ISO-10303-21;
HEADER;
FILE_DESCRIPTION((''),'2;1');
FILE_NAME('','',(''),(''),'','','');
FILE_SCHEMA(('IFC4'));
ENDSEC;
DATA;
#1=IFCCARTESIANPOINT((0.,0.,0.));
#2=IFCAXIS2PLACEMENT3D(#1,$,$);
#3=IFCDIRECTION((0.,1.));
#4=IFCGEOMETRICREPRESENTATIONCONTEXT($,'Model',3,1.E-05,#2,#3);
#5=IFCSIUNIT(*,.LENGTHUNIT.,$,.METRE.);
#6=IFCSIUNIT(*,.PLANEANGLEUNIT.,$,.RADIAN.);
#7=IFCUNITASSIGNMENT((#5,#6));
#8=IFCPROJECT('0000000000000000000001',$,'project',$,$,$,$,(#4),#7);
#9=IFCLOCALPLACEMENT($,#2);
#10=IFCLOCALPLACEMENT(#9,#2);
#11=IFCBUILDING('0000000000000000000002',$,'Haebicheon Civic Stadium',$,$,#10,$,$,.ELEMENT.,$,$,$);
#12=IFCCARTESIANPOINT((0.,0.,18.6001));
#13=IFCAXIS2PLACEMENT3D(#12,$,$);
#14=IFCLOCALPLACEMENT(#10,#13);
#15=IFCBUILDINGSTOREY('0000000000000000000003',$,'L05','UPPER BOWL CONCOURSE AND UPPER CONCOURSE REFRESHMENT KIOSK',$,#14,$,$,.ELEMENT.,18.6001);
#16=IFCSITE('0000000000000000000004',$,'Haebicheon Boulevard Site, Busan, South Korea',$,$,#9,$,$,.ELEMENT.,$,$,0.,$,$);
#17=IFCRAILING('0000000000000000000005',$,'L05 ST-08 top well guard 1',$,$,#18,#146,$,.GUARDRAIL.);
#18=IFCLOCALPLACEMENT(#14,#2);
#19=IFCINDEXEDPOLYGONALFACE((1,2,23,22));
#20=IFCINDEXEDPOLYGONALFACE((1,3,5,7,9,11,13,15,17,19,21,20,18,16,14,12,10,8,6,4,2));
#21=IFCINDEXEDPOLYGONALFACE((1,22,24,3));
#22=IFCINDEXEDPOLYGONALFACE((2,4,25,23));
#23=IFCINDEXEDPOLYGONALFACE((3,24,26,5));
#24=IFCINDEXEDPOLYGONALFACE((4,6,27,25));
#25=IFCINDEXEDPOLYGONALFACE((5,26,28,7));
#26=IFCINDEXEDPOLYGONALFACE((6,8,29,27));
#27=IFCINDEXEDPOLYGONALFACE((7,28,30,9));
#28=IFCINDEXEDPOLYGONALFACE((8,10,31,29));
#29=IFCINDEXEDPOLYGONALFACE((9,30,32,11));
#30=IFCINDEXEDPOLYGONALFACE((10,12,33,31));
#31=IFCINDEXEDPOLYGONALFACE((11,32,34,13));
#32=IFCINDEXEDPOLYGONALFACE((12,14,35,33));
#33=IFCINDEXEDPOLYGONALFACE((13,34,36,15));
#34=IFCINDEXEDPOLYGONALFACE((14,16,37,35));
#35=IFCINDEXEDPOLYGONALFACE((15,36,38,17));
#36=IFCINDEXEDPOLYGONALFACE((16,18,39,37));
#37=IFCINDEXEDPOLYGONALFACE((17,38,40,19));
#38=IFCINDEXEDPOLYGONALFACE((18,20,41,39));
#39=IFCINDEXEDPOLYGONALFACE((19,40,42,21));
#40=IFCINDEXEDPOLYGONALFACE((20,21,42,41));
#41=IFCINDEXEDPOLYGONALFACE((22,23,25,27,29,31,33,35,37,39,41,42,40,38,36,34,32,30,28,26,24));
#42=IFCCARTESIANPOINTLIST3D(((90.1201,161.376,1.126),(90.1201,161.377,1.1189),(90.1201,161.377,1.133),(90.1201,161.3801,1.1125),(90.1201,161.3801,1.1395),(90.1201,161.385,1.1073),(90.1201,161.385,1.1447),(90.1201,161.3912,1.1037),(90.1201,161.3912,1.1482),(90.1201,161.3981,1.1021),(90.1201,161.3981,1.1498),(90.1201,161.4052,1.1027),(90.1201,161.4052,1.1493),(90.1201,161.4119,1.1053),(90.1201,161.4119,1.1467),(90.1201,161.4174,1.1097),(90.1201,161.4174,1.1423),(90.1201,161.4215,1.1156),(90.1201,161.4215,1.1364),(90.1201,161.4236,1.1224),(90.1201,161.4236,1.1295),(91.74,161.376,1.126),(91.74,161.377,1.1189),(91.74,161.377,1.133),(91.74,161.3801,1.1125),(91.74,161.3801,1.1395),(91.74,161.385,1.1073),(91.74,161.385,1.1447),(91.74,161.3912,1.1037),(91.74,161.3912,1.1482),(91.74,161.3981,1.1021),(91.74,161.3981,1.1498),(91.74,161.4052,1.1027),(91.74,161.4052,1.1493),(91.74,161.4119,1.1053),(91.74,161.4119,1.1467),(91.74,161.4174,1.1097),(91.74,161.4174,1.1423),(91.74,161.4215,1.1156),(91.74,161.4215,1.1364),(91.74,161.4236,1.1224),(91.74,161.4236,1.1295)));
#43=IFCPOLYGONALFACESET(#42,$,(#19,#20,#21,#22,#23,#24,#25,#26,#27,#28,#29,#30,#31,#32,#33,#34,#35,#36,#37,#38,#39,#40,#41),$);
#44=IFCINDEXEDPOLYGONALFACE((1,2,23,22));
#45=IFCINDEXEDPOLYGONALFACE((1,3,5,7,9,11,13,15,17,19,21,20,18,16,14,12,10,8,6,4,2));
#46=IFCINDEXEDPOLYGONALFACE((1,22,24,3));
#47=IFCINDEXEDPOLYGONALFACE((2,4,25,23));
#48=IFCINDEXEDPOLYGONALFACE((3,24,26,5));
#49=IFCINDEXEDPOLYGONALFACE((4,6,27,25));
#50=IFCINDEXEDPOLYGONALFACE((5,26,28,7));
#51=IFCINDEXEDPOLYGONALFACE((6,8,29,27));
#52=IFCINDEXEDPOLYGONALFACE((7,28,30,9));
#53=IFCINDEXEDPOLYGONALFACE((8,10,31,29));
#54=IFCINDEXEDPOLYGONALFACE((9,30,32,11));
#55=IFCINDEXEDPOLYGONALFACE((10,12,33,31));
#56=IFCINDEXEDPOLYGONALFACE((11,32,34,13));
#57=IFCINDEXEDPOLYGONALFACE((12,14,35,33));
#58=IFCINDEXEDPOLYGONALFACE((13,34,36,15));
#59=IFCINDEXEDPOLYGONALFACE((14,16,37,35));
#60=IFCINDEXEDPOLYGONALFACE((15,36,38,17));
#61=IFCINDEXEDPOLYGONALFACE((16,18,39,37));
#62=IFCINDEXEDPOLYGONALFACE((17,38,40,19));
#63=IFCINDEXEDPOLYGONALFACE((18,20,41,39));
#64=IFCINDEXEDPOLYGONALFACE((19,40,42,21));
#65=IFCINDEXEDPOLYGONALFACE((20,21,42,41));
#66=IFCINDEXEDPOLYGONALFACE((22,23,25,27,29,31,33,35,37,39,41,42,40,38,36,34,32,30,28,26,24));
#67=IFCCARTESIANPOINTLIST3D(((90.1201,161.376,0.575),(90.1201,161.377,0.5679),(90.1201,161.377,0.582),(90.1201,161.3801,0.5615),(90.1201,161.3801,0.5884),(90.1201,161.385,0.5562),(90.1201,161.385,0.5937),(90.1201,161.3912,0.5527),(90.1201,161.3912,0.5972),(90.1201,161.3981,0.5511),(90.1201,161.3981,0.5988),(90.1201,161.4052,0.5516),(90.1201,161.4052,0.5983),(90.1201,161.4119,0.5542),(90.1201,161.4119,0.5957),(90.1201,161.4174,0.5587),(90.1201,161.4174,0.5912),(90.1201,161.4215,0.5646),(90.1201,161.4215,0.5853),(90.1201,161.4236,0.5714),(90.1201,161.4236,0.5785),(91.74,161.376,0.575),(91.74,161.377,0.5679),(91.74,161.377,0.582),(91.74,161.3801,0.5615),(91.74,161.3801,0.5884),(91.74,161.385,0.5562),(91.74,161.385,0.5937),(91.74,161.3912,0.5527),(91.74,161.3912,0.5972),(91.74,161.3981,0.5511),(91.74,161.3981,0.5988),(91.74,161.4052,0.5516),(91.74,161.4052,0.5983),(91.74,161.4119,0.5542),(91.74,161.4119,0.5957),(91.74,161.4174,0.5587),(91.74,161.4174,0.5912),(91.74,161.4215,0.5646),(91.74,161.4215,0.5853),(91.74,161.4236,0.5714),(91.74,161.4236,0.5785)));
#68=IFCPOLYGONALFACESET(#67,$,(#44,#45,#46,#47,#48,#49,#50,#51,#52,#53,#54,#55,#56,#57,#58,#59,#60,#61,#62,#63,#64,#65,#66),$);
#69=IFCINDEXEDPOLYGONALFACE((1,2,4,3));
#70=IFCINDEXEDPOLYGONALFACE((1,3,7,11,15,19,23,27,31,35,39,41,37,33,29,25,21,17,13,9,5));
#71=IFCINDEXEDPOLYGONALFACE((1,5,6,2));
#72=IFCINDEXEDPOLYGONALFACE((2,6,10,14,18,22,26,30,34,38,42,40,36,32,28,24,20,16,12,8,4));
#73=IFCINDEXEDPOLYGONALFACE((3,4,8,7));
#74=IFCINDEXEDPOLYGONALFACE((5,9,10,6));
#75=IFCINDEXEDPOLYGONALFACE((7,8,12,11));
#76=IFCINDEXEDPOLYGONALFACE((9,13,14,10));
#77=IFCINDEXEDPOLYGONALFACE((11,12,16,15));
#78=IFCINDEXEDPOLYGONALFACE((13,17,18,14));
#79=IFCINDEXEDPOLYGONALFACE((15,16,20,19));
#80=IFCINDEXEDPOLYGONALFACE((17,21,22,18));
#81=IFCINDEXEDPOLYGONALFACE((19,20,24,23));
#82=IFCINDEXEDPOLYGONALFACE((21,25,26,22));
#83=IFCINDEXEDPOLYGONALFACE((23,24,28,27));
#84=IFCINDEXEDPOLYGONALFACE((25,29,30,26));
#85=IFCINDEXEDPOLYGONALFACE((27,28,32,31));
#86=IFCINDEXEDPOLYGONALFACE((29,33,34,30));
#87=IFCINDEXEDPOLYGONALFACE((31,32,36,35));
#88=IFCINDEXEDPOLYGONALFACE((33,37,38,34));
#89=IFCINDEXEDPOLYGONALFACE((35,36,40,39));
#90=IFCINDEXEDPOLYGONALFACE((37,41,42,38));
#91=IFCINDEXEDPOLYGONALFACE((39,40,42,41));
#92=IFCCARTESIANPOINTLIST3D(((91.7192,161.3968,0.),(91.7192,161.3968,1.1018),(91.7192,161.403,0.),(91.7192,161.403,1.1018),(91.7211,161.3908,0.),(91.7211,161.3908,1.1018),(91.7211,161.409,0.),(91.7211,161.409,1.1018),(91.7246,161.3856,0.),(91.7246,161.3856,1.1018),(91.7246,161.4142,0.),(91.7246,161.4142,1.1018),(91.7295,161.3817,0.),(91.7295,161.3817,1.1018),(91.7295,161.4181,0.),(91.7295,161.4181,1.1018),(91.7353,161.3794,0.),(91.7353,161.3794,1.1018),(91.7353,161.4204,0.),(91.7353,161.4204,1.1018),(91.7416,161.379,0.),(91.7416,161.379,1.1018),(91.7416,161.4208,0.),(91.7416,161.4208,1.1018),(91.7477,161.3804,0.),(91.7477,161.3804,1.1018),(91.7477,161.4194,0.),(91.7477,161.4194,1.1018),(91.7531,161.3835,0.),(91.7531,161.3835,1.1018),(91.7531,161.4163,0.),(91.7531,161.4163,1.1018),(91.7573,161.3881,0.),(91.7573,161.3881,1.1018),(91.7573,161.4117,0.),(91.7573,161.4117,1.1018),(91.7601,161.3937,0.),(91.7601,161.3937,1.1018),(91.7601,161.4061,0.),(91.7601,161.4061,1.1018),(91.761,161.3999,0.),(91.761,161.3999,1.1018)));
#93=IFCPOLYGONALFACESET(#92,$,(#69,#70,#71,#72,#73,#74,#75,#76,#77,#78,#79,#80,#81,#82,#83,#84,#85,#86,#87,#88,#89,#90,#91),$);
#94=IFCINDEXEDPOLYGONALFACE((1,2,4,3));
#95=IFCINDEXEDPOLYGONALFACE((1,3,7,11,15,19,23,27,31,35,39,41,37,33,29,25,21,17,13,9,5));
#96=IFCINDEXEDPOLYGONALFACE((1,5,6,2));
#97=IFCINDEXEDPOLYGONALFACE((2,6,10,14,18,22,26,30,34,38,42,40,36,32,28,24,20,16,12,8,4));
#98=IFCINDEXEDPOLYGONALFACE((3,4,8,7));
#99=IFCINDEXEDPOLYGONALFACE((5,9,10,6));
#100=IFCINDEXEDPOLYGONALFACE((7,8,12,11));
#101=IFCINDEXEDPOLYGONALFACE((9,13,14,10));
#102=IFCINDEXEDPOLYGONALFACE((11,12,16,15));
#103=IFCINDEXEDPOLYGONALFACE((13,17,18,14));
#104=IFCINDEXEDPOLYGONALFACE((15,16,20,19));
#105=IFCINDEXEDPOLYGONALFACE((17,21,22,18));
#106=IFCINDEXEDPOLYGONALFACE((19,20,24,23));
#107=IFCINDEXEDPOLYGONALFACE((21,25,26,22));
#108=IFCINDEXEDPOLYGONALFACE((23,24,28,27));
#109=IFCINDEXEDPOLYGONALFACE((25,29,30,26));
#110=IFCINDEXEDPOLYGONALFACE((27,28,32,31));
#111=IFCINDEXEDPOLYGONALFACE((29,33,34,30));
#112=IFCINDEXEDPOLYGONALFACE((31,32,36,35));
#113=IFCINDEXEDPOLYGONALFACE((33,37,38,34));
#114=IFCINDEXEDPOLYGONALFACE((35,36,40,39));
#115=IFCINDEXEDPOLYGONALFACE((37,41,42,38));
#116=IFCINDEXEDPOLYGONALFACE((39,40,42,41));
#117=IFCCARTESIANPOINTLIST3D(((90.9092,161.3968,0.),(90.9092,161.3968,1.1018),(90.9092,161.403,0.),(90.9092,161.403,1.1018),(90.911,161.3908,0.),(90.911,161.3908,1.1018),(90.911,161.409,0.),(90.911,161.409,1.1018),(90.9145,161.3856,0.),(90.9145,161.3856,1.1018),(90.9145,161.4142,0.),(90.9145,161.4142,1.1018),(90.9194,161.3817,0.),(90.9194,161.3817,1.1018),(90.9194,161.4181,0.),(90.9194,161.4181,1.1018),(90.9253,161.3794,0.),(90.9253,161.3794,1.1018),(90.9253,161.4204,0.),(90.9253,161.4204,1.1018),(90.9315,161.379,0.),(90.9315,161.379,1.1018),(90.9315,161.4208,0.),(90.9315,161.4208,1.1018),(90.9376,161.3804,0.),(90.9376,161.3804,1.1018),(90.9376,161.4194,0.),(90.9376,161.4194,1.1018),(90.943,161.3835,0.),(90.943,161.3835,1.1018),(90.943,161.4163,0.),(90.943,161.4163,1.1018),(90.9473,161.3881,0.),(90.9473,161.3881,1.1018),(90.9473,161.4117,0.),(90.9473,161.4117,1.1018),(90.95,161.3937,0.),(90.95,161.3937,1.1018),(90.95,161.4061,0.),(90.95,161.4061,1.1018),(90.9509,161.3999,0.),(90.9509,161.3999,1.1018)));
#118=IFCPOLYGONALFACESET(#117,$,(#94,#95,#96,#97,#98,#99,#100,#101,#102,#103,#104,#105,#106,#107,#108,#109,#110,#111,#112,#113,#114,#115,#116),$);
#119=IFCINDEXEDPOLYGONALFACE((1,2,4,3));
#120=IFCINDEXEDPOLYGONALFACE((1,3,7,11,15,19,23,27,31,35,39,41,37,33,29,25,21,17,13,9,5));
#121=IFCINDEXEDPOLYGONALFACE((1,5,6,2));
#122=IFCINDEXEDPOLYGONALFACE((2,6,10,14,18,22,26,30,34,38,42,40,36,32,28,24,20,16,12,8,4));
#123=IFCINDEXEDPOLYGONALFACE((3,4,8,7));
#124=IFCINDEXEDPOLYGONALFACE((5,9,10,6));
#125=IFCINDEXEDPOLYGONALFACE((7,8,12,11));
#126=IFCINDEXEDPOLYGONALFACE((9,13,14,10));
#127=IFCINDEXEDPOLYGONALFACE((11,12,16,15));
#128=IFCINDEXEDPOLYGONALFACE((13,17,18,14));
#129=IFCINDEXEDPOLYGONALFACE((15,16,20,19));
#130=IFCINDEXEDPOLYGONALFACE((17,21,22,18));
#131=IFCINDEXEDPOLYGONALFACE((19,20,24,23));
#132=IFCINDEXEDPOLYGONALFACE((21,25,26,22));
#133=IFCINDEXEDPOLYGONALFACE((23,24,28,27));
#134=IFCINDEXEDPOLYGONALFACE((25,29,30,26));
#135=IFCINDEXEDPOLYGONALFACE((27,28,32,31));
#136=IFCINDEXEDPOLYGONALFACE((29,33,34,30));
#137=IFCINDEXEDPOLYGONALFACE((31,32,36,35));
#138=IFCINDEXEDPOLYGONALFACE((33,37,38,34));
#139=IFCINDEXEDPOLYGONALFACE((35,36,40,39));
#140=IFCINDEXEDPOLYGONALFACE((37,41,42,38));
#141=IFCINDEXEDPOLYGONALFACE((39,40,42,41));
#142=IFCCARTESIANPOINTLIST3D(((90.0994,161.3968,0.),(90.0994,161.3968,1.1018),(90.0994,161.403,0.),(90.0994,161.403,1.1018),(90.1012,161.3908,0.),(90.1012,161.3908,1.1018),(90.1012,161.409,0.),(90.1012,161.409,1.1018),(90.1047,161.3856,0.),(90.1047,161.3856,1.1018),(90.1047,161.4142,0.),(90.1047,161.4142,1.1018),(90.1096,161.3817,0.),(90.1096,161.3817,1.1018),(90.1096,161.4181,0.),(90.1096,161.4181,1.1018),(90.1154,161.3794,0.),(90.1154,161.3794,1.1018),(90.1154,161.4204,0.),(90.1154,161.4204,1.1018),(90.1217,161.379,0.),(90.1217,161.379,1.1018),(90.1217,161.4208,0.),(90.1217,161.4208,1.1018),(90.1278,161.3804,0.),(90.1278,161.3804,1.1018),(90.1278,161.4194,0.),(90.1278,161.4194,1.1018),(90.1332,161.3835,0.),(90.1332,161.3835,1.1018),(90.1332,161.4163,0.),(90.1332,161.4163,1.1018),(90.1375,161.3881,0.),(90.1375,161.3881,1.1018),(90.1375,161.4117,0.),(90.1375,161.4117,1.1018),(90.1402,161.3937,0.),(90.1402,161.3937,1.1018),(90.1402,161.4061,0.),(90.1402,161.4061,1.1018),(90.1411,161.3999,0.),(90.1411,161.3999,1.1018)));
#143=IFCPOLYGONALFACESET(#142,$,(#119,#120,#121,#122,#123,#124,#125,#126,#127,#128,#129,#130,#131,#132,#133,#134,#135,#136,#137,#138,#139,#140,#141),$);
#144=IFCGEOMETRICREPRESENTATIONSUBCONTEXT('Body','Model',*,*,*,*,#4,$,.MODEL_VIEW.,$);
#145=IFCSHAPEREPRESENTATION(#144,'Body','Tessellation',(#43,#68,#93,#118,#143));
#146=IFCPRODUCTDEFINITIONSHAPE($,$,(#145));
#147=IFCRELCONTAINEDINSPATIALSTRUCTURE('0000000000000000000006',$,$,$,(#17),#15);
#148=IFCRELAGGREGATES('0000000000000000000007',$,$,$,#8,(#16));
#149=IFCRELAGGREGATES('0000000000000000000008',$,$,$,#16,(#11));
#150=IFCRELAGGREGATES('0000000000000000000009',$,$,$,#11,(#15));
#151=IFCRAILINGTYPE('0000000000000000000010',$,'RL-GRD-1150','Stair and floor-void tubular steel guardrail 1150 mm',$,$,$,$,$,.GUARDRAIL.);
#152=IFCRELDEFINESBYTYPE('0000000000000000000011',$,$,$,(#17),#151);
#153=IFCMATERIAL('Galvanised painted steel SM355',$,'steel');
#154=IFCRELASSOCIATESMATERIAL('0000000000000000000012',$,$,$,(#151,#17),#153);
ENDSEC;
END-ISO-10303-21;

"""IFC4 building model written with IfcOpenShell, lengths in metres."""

from ifc_helpers import new_model, si_unit, direction, frame, origin, origin_2d, place, context, subcontext, project, spatial, circle, extrude, material, type_object, element, save


model = new_model("IFC4")

# Units and contexts
model_context = context("Model", 3, precision=1e-05, world=origin(), true_north=direction((0.0, 1.0)))
body_context = subcontext(model_context, "Body", "Model", "MODEL_VIEW")
ifc_project = project(units=[si_unit("LENGTHUNIT", "METRE"), si_unit("PLANEANGLEUNIT", "RADIAN")], contexts=[model_context])

# Site, building, storey
site_placement = place(None, origin())
site = spatial("IfcSite", under=ifc_project, at=site_placement, Name="Haebicheon Boulevard Site, Busan, South Korea", CompositionType="ELEMENT", RefElevation=0.0)
building_placement = place(site_placement, origin())
building = spatial("IfcBuilding", under=site, at=building_placement, Name="Haebicheon Civic Stadium", CompositionType="ELEMENT")
storey_placement = place(building_placement, frame((0.0, 0.0, 18.6001)))
storey = spatial("IfcBuildingStorey", under=building, at=storey_placement, Name="L05", Description="UPPER BOWL CONCOURSE AND UPPER CONCOURSE REFRESHMENT KIOSK", CompositionType="ELEMENT", Elevation=18.6001)

# Railing
ifc_material_1 = material(Name="Galvanised painted steel SM355", Category="steel")
railing_type = type_object("IfcRailingType", Name="RL-GRD-1150", Description="Stair and floor-void tubular steel guardrail 1150 mm", PredefinedType="GUARDRAIL", material=ifc_material_1)
railing_1_placement = place(storey_placement, frame((91.74, 161.3999, 0.0)))
element("IfcRailing", 1, at=railing_1_placement, inside=storey, type_object=railing_type, material=ifc_material_1, Name="L05 ST-08 top well guard 1", PredefinedType="GUARDRAIL", context=body_context, shape_type="SweptSolid", body=[
    extrude(circle(Radius=0.0239, at=origin_2d()), frame((0.0, 0.0, 1.126), z_axis=(-1.0, 0.0, 0.0), x_axis=(0.0, -1.0, 0.0)), (0.0, 0.0, 1.0), 1.6199),
    extrude(circle(Radius=0.0239, at=origin_2d()), frame((0.0, 0.0, 0.575), z_axis=(-1.0, 0.0, 0.0), x_axis=(0.0, -1.0, 0.0)), (0.0, 0.0, 1.0), 1.6199),
    extrude(circle(Radius=0.021, at=origin_2d()), origin(), (0.0, 0.0, 1.0), 1.1018),
    extrude(circle(Radius=0.021, at=origin_2d()), frame((-0.8101, 0.0, 0.0)), (0.0, 0.0, 1.0), 1.1018),
    extrude(circle(Radius=0.021, at=origin_2d()), frame((-1.6199, 0.0, 0.0)), (0.0, 0.0, 1.0), 1.1018),
])

save(model, "model.ifc")
